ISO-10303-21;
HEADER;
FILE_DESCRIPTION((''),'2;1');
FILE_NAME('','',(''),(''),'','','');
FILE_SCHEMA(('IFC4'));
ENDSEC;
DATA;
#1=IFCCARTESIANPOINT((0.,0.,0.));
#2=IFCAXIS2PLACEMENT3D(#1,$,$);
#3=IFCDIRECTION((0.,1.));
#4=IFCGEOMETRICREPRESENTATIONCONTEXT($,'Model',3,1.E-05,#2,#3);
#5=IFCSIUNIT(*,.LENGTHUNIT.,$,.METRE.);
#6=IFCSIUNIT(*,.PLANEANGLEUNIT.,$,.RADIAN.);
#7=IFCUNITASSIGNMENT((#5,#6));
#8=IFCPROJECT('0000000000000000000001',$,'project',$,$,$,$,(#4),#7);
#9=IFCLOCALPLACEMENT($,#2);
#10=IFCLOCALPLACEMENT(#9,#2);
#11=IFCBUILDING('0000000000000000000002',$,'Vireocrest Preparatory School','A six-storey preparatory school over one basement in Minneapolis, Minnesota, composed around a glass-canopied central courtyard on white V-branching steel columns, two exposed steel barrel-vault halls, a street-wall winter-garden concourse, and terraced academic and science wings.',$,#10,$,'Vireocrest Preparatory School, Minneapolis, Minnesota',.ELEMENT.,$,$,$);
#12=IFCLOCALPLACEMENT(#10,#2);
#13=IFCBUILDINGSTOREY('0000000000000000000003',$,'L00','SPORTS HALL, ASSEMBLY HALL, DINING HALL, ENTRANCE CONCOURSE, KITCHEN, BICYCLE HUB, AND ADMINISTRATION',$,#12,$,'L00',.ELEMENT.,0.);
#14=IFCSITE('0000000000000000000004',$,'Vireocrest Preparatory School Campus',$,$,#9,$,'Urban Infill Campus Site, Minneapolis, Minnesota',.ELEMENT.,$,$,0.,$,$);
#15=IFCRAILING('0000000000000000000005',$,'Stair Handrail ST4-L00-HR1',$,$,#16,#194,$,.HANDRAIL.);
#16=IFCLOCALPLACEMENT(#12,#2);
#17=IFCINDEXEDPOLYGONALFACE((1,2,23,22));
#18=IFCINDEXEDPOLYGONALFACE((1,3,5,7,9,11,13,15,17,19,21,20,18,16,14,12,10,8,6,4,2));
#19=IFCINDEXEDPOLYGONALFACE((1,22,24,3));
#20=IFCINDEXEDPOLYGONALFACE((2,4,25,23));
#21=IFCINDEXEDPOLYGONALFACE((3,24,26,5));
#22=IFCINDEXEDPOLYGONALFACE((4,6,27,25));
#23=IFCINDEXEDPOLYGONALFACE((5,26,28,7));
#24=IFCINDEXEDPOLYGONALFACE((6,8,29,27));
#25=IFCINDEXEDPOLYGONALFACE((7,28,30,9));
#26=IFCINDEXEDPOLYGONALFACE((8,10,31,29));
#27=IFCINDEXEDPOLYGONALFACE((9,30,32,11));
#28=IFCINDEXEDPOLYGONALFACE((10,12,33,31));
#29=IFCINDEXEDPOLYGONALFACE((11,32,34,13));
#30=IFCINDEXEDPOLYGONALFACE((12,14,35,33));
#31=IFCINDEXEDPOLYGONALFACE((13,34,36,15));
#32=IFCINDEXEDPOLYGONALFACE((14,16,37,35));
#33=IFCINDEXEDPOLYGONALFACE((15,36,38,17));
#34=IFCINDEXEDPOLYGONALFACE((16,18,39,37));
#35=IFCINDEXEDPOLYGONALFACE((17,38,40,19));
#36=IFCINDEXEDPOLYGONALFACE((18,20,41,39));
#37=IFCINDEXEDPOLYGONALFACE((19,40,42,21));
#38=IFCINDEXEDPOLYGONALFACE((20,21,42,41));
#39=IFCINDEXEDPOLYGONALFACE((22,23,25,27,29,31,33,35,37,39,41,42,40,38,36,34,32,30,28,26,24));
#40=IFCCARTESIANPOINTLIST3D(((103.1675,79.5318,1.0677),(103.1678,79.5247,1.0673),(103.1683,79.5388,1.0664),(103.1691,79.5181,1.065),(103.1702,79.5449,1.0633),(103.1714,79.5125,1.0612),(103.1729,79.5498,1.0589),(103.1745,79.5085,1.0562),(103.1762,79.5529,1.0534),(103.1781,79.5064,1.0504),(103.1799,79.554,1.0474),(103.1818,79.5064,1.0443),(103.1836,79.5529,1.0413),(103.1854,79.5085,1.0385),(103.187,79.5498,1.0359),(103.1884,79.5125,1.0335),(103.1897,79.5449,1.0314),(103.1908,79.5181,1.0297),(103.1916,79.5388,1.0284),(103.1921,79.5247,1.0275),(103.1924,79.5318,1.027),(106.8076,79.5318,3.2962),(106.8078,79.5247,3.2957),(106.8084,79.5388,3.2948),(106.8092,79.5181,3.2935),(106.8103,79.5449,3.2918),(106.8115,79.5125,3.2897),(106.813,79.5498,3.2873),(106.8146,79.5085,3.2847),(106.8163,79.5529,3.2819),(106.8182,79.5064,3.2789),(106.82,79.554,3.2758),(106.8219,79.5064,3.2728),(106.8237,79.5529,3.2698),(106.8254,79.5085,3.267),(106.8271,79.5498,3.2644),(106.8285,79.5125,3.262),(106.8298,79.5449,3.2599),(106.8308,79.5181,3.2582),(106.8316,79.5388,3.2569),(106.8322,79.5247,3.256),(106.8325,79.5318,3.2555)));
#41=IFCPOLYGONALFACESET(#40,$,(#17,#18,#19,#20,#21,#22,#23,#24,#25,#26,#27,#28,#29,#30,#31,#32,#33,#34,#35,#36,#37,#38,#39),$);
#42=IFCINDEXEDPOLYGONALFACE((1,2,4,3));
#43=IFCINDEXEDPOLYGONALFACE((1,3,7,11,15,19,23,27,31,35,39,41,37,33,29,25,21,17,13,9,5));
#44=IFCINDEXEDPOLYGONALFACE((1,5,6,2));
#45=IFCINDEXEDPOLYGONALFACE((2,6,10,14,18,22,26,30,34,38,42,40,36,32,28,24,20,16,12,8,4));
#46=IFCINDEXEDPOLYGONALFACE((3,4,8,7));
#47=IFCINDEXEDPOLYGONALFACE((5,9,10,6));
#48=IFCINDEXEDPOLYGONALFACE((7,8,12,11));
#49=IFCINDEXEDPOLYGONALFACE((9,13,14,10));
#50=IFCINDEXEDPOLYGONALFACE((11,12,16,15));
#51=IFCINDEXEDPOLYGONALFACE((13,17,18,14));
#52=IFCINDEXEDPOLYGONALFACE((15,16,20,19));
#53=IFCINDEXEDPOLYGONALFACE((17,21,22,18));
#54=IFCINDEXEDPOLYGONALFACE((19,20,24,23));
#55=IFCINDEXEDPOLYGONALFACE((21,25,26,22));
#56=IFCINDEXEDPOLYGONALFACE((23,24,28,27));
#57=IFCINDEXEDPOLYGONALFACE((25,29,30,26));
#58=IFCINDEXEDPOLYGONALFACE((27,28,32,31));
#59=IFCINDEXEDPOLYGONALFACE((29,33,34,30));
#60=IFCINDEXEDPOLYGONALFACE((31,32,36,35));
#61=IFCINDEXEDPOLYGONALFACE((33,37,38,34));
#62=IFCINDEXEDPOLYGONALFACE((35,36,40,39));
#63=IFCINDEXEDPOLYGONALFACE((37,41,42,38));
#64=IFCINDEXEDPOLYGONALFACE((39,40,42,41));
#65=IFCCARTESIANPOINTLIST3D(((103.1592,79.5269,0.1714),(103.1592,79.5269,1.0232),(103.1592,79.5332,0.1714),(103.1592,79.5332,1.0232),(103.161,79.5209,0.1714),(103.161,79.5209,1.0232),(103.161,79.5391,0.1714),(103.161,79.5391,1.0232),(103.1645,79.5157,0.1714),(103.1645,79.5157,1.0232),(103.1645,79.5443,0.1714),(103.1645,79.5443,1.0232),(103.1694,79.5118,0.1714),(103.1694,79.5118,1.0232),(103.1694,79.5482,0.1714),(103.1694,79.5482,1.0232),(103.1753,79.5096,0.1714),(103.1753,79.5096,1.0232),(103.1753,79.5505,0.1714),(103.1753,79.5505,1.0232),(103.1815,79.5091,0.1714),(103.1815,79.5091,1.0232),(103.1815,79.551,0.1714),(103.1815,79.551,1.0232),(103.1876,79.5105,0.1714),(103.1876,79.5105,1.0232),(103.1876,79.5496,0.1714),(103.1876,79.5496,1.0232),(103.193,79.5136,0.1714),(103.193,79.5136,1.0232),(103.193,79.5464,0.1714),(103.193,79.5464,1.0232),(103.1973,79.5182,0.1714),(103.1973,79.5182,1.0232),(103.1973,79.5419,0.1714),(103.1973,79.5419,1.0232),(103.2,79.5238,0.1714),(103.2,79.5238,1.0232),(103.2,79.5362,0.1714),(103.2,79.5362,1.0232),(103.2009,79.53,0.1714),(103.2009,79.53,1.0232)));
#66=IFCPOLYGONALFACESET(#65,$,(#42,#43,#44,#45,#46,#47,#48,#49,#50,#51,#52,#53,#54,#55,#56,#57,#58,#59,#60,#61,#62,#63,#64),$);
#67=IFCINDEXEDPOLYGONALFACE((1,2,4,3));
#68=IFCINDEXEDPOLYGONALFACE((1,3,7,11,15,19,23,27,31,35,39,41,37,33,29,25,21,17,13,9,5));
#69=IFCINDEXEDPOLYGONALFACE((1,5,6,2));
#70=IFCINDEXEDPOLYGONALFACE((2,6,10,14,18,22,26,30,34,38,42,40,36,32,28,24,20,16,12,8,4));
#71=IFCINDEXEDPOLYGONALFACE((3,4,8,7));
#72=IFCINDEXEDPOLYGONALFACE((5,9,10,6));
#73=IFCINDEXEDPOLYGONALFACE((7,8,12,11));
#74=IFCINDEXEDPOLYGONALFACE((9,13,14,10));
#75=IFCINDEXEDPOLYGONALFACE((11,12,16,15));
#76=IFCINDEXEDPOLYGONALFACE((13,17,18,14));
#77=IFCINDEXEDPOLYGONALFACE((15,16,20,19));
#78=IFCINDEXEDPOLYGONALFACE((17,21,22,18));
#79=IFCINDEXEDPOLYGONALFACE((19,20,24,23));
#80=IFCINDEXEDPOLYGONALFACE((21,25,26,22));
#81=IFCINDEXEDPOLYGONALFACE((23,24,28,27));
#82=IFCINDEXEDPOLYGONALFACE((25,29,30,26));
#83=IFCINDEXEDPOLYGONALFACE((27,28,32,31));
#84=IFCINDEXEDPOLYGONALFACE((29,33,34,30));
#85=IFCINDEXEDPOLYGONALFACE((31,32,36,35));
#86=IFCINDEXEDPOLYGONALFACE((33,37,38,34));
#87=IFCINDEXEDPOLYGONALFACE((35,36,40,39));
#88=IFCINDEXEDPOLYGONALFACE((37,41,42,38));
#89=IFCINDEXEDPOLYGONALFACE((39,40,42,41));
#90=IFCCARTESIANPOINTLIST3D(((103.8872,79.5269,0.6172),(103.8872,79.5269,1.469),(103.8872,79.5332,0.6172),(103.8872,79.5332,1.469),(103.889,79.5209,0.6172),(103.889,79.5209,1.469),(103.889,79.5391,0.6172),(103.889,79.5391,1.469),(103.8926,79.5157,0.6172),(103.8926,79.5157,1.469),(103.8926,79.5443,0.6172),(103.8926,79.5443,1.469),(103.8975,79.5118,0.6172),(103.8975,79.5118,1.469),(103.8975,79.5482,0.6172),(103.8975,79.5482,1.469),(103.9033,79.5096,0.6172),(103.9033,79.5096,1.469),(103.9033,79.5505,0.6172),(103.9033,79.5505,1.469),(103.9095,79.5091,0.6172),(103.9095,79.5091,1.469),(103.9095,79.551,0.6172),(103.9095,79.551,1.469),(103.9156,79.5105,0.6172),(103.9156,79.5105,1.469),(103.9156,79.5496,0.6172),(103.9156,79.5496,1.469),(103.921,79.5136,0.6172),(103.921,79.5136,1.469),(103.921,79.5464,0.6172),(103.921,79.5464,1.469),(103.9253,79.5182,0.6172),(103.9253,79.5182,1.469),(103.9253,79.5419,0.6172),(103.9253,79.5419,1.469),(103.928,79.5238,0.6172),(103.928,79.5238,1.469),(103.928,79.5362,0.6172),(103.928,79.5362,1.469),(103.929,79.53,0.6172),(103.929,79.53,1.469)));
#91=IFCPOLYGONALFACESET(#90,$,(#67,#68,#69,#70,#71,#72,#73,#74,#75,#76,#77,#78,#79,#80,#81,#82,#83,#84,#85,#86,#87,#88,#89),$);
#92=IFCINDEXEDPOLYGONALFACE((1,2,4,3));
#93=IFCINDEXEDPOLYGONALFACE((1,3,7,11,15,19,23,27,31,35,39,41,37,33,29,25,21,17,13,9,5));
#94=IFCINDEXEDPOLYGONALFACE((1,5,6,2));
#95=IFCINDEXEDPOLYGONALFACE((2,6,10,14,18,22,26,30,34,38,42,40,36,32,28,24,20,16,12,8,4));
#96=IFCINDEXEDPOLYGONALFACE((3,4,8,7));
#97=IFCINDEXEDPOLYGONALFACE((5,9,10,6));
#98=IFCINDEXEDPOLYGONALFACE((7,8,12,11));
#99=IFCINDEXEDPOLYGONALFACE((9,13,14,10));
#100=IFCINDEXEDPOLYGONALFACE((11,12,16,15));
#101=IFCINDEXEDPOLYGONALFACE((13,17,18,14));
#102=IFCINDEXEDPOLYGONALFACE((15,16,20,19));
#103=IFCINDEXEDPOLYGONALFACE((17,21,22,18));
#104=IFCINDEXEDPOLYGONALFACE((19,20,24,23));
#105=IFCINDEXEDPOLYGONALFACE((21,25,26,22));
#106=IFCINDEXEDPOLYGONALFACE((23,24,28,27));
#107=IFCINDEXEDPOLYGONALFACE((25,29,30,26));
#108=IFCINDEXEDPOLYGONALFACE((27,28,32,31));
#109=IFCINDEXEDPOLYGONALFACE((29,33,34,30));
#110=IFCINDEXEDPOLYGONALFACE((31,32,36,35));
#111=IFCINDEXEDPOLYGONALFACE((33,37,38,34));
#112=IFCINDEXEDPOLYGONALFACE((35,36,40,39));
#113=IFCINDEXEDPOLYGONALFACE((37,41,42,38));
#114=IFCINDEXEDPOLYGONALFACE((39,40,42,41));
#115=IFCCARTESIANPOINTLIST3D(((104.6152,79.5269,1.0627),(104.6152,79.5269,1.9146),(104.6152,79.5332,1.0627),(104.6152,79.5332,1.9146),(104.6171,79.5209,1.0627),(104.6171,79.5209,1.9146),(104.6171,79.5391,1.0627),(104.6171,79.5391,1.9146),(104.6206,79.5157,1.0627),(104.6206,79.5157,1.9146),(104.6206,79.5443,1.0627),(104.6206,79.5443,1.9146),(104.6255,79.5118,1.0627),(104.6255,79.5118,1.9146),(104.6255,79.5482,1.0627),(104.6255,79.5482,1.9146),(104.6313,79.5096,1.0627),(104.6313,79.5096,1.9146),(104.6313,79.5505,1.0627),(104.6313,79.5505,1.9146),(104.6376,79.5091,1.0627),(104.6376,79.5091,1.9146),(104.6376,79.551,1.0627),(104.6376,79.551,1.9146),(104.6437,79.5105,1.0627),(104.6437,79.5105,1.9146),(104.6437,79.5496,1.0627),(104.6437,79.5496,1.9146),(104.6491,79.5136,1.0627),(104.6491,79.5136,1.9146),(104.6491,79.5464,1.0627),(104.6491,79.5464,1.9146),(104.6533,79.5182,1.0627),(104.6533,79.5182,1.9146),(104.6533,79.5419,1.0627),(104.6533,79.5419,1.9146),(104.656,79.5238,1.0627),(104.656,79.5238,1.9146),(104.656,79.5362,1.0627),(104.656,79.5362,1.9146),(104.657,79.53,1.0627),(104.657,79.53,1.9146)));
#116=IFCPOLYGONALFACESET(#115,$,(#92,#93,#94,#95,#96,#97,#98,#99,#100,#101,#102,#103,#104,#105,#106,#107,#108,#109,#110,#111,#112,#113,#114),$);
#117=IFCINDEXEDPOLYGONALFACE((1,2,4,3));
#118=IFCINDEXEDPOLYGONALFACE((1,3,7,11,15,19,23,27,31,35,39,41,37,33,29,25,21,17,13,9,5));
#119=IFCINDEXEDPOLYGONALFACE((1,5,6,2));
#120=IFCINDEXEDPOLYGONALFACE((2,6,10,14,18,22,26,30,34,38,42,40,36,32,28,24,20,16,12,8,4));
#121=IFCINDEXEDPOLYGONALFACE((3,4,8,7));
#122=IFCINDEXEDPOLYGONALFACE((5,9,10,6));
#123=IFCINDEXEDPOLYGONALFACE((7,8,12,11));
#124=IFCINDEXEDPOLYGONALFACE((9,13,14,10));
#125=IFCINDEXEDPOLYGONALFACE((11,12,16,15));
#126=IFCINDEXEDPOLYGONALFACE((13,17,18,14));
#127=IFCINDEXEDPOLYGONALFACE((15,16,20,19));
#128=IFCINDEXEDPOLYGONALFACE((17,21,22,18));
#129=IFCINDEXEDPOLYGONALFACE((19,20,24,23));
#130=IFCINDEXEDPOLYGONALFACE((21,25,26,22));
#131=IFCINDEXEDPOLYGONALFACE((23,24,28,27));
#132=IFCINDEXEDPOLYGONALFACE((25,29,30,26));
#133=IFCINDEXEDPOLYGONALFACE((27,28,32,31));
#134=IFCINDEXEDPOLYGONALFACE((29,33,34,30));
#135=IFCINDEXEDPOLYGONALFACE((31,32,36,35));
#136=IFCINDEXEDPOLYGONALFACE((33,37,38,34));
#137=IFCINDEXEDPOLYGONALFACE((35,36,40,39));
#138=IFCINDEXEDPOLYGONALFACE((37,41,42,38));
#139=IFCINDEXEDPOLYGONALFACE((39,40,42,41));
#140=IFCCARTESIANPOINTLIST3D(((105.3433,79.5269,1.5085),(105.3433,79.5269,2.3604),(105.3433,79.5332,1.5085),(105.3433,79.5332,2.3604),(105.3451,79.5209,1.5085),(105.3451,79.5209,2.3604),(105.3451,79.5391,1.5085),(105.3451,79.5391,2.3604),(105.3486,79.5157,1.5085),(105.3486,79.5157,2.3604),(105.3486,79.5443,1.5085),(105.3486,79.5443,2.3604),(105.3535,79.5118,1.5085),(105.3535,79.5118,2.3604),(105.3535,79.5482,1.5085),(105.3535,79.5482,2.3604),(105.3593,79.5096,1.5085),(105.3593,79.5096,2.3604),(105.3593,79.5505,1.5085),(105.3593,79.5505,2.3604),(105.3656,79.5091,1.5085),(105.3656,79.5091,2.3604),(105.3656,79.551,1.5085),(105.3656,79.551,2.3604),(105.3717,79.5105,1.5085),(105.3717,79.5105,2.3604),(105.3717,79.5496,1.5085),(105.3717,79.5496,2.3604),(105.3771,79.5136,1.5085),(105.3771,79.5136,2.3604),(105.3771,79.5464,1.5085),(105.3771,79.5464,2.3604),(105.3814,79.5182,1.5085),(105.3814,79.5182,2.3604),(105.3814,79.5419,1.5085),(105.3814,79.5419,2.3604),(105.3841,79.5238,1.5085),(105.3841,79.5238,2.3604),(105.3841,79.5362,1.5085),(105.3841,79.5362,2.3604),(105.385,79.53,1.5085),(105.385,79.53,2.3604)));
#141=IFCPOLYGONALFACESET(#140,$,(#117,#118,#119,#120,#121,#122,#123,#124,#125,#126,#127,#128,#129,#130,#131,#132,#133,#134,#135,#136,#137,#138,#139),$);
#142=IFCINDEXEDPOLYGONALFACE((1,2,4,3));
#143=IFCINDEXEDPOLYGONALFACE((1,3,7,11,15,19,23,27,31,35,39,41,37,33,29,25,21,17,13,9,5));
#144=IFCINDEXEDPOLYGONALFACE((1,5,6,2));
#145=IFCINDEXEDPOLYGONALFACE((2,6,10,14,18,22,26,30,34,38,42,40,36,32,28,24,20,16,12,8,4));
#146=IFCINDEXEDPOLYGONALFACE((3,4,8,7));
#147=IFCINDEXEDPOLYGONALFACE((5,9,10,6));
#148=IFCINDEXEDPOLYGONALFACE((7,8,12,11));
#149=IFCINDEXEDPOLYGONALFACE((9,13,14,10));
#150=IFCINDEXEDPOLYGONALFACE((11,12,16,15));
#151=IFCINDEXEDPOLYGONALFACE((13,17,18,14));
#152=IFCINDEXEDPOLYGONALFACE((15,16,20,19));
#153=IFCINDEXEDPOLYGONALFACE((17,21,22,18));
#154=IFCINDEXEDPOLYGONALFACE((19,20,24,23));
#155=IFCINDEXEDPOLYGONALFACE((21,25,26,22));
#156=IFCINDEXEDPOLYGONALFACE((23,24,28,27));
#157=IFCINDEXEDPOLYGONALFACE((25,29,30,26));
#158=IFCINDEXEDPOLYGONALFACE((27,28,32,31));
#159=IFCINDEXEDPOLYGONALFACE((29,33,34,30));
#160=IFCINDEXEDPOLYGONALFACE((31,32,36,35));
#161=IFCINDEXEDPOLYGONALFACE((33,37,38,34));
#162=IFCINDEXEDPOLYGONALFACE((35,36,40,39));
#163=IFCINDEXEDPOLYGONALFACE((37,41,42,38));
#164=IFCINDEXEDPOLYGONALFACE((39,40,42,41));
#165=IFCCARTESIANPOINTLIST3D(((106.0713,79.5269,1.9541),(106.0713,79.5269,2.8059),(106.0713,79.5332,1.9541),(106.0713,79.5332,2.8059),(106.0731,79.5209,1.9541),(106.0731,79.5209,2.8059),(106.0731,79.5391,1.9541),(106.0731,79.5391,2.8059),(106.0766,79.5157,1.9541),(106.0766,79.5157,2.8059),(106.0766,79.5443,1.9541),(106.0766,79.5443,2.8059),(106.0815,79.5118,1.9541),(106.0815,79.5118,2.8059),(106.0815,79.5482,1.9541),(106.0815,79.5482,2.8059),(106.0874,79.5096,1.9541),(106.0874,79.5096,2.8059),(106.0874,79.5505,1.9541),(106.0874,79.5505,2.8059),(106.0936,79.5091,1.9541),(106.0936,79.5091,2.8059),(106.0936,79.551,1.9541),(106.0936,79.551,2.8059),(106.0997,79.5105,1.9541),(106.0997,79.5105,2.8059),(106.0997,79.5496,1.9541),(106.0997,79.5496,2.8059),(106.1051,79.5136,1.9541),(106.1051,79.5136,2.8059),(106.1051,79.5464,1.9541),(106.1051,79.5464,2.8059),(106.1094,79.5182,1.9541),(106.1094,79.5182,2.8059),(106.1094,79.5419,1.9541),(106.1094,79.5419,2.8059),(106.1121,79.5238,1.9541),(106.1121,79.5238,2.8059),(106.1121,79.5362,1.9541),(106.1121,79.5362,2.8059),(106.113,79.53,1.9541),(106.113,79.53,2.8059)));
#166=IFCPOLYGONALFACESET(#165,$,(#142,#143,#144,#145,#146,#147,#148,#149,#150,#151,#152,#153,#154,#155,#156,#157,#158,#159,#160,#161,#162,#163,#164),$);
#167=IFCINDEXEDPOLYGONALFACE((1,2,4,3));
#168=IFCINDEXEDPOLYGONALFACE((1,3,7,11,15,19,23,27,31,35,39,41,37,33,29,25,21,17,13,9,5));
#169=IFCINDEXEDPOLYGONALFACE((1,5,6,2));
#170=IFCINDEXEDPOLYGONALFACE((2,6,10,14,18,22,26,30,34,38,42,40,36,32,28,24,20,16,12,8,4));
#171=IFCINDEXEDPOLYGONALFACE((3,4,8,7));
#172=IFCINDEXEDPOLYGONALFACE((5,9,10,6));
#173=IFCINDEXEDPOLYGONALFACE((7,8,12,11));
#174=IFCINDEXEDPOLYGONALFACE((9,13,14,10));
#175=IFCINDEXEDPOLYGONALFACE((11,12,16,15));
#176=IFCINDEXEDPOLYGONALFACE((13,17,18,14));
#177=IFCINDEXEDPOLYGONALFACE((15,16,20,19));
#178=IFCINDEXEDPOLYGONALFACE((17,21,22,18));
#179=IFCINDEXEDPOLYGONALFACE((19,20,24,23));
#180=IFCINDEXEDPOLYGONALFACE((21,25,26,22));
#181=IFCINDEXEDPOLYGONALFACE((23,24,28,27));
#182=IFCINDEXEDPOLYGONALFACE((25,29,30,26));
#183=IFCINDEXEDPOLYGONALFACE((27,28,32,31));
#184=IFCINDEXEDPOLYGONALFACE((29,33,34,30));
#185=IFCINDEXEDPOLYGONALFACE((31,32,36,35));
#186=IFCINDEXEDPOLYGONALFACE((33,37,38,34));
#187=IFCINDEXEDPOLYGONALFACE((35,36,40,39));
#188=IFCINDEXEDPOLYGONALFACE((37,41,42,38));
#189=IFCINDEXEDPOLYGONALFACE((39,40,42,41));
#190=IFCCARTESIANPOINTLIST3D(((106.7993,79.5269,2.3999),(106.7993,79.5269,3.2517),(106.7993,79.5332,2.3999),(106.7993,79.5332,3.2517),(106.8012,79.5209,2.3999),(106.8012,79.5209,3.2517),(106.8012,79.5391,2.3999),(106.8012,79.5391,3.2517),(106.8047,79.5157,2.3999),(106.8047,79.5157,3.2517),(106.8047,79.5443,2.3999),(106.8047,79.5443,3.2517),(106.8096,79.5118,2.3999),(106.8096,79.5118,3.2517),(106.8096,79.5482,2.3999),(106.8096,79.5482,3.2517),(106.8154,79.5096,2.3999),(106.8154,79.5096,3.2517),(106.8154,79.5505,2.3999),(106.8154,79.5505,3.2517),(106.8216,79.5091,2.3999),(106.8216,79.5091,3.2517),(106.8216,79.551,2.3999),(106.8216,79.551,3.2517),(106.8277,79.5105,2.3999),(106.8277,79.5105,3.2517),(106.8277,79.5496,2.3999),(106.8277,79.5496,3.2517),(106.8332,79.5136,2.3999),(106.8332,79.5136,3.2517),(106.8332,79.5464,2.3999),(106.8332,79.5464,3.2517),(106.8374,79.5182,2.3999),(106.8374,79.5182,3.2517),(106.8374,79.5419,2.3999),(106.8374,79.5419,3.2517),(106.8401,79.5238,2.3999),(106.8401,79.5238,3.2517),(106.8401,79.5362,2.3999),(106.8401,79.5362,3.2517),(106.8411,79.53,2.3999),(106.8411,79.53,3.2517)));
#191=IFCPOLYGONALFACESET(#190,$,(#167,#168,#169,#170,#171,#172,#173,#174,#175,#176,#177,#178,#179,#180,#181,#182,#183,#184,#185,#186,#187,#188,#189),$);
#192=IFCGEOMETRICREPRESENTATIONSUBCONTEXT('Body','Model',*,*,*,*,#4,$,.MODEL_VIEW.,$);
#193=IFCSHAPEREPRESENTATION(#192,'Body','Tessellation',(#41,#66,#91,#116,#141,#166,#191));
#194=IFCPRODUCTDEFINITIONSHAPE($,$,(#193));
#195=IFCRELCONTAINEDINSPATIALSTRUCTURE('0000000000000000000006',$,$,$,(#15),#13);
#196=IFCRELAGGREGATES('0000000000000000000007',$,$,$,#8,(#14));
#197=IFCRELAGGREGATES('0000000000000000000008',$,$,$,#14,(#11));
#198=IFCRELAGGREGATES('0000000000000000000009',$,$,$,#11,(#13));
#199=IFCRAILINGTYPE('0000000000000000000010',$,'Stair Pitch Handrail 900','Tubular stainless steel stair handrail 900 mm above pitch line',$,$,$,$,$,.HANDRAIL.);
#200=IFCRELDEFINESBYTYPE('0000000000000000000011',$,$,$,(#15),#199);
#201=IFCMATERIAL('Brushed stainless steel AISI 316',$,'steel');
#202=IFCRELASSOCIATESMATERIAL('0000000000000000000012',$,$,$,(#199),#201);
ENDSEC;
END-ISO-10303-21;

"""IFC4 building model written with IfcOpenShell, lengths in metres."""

from ifc_helpers import new_model, si_unit, direction, frame, origin, origin_2d, place, context, subcontext, project, spatial, circle, extrude, material, type_object, element, save


model = new_model("IFC4")

# Units and contexts
model_context = context("Model", 3, precision=1e-05, world=origin(), true_north=direction((0.0, 1.0)))
body_context = subcontext(model_context, "Body", "Model", "MODEL_VIEW")
ifc_project = project(units=[si_unit("LENGTHUNIT", "METRE"), si_unit("PLANEANGLEUNIT", "RADIAN")], contexts=[model_context])

# Site, building, storey
site_placement = place(None, origin())
site = spatial("IfcSite", under=ifc_project, at=site_placement, Name="Vireocrest Preparatory School Campus", LongName="Urban Infill Campus Site, Minneapolis, Minnesota", CompositionType="ELEMENT", RefElevation=0.0)
building_placement = place(site_placement, origin())
building = spatial("IfcBuilding", under=site, at=building_placement, Name="Vireocrest Preparatory School", Description="A six-storey preparatory school over one basement in Minneapolis, Minnesota, composed around a glass-canopied central courtyard on white V-branching steel columns, two exposed steel barrel-vault halls, a street-wall winter-garden concourse, and terraced academic and science wings.", LongName="Vireocrest Preparatory School, Minneapolis, Minnesota", CompositionType="ELEMENT")
storey_placement = place(building_placement, origin())
storey = spatial("IfcBuildingStorey", under=building, at=storey_placement, Name="L00", Description="SPORTS HALL, ASSEMBLY HALL, DINING HALL, ENTRANCE CONCOURSE, KITCHEN, BICYCLE HUB, AND ADMINISTRATION", LongName="L00", CompositionType="ELEMENT", Elevation=0.0)

# Railing
ifc_material_1 = material(Name="Brushed stainless steel AISI 316", Category="steel")
railing_type_1 = type_object("IfcRailingType", Name="Stair Pitch Handrail 900", Description="Tubular stainless steel stair handrail 900 mm above pitch line", PredefinedType="HANDRAIL", material=ifc_material_1)
railing_1_placement = place(storey_placement, frame((103.1799, 79.53, 0.1714)))
element("IfcRailing", 1, at=railing_1_placement, inside=storey, type_object=railing_type_1, Name="Stair Handrail ST4-L00-HR1", PredefinedType="HANDRAIL", context=body_context, shape_type="SweptSolid", body=[
    extrude(circle(Radius=0.0239, at=origin_2d()), frame((0.0, 0.0, 0.876), z_axis=(0.852866, 0.0, 0.52213), x_axis=(0.0, 1.0, 0.0)), (0.0, 0.0, 1.0), 4.2681),
    extrude(circle(Radius=0.021, at=origin_2d()), origin(), (0.0, 0.0, 1.0), 0.8518),
    extrude(circle(Radius=0.021, at=origin_2d()), frame((0.728, 0.0, 0.4458)), (0.0, 0.0, 1.0), 0.8518),
    extrude(circle(Radius=0.021, at=origin_2d()), frame((1.4561, 0.0, 0.8914)), (0.0, 0.0, 1.0), 0.8518),
    extrude(circle(Radius=0.021, at=origin_2d()), frame((2.1841, 0.0, 1.3372)), (0.0, 0.0, 1.0), 0.8518),
    extrude(circle(Radius=0.021, at=origin_2d()), frame((2.9121, 0.0, 1.7827)), (0.0, 0.0, 1.0), 0.8518),
    extrude(circle(Radius=0.021, at=origin_2d()), frame((3.6401, 0.0, 2.2285)), (0.0, 0.0, 1.0), 0.8518),
])

save(model, "model.ifc")
